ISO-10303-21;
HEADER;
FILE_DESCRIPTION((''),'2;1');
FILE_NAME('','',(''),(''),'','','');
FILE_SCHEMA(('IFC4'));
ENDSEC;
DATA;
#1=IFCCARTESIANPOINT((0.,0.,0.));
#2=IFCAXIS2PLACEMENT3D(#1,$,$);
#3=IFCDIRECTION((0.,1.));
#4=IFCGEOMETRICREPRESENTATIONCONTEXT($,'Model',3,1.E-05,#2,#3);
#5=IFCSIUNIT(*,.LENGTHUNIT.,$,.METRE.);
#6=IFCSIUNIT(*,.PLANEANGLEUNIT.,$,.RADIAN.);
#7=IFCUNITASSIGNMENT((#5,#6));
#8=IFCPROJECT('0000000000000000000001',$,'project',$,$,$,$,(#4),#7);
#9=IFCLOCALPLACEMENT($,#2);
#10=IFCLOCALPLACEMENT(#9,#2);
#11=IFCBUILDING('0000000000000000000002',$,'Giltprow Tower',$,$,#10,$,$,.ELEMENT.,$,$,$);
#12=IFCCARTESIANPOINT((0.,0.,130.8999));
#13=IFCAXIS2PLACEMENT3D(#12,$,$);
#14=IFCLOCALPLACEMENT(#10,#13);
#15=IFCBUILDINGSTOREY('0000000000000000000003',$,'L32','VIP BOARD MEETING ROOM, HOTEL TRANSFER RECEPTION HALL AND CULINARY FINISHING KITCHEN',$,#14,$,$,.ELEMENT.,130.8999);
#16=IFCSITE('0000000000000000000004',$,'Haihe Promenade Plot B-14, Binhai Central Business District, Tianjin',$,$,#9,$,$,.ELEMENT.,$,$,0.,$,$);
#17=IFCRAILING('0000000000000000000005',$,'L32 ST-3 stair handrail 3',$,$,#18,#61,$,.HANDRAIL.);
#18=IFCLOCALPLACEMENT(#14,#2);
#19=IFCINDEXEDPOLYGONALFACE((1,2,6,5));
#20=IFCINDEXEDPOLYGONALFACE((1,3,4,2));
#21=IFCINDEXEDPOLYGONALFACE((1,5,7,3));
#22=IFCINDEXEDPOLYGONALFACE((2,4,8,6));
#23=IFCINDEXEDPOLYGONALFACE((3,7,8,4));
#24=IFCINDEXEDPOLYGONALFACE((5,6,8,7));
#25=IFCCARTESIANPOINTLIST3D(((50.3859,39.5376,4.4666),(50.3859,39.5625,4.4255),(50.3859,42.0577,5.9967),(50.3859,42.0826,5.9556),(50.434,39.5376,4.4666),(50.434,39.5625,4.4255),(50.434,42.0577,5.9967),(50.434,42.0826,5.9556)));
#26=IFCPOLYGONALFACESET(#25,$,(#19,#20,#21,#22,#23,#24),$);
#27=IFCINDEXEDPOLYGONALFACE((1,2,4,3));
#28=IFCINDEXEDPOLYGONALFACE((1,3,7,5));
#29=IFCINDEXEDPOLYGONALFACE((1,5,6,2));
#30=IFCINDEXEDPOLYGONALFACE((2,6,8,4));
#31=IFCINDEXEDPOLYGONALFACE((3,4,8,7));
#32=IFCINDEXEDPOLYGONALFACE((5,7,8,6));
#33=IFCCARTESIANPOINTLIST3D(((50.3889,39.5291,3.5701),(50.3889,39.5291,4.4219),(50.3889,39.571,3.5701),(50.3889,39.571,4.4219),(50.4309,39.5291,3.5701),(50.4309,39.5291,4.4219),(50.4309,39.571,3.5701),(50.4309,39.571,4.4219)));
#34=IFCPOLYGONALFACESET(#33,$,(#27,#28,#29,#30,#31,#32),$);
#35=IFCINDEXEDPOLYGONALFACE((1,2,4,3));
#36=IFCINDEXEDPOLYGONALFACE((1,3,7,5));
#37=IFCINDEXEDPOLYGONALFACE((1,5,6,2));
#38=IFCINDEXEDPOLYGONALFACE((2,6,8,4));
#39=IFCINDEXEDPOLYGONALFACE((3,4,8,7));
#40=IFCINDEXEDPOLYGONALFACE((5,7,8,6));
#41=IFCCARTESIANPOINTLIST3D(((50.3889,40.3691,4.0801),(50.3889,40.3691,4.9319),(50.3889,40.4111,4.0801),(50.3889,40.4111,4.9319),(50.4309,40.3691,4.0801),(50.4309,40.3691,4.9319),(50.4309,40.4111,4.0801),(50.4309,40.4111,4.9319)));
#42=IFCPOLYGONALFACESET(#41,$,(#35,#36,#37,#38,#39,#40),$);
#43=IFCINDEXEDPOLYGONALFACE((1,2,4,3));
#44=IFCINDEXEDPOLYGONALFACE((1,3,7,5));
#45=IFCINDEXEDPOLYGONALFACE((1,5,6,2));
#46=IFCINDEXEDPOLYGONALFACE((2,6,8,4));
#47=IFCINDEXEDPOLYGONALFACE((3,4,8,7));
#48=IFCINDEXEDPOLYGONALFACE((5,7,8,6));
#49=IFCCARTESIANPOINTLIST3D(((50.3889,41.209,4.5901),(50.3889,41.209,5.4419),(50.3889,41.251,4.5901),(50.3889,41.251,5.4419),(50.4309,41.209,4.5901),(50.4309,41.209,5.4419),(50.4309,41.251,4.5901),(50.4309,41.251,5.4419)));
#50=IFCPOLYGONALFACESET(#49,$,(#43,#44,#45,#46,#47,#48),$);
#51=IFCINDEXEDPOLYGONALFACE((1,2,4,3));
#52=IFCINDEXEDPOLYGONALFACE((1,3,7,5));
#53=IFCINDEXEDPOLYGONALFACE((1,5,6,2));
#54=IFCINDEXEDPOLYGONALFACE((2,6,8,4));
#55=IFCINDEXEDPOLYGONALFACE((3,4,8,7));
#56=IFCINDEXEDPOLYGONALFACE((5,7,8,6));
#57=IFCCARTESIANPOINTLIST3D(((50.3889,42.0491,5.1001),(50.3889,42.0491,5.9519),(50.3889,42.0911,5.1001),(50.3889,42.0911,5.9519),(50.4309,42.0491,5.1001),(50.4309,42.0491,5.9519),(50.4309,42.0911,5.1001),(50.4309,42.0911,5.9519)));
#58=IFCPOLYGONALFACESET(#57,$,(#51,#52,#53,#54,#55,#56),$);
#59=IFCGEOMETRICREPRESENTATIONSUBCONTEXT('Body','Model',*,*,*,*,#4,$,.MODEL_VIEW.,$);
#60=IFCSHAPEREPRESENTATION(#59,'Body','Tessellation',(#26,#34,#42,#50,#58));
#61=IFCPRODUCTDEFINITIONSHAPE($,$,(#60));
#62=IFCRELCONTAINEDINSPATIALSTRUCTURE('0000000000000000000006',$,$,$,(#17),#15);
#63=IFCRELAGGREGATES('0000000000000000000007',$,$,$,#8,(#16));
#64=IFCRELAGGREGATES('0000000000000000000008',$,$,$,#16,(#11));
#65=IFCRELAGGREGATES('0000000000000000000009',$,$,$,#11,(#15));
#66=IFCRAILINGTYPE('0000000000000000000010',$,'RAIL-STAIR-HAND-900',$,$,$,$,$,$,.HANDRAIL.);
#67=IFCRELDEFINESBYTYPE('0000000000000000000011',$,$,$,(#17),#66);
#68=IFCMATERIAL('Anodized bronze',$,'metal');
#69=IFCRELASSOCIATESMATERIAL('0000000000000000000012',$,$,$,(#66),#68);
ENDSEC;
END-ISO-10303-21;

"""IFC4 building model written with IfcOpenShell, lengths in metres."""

from ifc_helpers import new_model, si_unit, direction, frame, origin, origin_2d, place, context, subcontext, project, spatial, rectangle, extrude, material, type_object, element, save


model = new_model("IFC4")

# Units and contexts
model_context = context("Model", 3, precision=1e-05, world=origin(), true_north=direction((0.0, 1.0)))
body_context = subcontext(model_context, "Body", "Model", "MODEL_VIEW")
ifc_project = project(units=[si_unit("LENGTHUNIT", "METRE"), si_unit("PLANEANGLEUNIT", "RADIAN")], contexts=[model_context])

# Site, building, storey
site_placement = place(None, origin())
site = spatial("IfcSite", under=ifc_project, at=site_placement, Name="Haihe Promenade Plot B-14, Binhai Central Business District, Tianjin", CompositionType="ELEMENT", RefElevation=0.0)
building_placement = place(site_placement, origin())
building = spatial("IfcBuilding", under=site, at=building_placement, Name="Giltprow Tower", CompositionType="ELEMENT")
storey_placement = place(building_placement, frame((0.0, 0.0, 130.8999)))
storey = spatial("IfcBuildingStorey", under=building, at=storey_placement, Name="L32", Description="VIP BOARD MEETING ROOM, HOTEL TRANSFER RECEPTION HALL AND CULINARY FINISHING KITCHEN", CompositionType="ELEMENT", Elevation=130.8999)

# Railing
ifc_material_1 = material(Name="Anodized bronze", Category="metal")
railing_type_1 = type_object("IfcRailingType", Name="RAIL-STAIR-HAND-900", PredefinedType="HANDRAIL", material=ifc_material_1)
for number, where, name in (
    (1, (50.4099, 39.55, 3.5701), "L32 ST-3 stair handrail 3"),
):
    element("IfcRailing", number, at=place(storey_placement, frame(where)), inside=storey, type_object=railing_type_1, Name=name, PredefinedType="HANDRAIL", context=body_context, shape_type="SweptSolid", body=[
        extrude(rectangle(XDim=0.0481, YDim=0.0481, at=origin_2d()), frame((0.0, 0.0, 0.876), z_axis=(0.0, 0.854785, 0.518982), x_axis=(-1.0, 0.0, 0.0)), (0.0, 0.0, 1.0), 2.9482),
        extrude(rectangle(XDim=0.042, YDim=0.042, at=origin_2d()), origin(), (0.0, 0.0, 1.0), 0.8518),
        extrude(rectangle(XDim=0.042, YDim=0.042, at=origin_2d()), frame((0.0, 0.8401, 0.51)), (0.0, 0.0, 1.0), 0.8518),
        extrude(rectangle(XDim=0.042, YDim=0.042, at=origin_2d()), frame((0.0, 1.6799, 1.02)), (0.0, 0.0, 1.0), 0.8518),
        extrude(rectangle(XDim=0.042, YDim=0.042, at=origin_2d()), frame((0.0, 2.52, 1.53)), (0.0, 0.0, 1.0), 0.8518),
    ])

save(model, "model.ifc")
